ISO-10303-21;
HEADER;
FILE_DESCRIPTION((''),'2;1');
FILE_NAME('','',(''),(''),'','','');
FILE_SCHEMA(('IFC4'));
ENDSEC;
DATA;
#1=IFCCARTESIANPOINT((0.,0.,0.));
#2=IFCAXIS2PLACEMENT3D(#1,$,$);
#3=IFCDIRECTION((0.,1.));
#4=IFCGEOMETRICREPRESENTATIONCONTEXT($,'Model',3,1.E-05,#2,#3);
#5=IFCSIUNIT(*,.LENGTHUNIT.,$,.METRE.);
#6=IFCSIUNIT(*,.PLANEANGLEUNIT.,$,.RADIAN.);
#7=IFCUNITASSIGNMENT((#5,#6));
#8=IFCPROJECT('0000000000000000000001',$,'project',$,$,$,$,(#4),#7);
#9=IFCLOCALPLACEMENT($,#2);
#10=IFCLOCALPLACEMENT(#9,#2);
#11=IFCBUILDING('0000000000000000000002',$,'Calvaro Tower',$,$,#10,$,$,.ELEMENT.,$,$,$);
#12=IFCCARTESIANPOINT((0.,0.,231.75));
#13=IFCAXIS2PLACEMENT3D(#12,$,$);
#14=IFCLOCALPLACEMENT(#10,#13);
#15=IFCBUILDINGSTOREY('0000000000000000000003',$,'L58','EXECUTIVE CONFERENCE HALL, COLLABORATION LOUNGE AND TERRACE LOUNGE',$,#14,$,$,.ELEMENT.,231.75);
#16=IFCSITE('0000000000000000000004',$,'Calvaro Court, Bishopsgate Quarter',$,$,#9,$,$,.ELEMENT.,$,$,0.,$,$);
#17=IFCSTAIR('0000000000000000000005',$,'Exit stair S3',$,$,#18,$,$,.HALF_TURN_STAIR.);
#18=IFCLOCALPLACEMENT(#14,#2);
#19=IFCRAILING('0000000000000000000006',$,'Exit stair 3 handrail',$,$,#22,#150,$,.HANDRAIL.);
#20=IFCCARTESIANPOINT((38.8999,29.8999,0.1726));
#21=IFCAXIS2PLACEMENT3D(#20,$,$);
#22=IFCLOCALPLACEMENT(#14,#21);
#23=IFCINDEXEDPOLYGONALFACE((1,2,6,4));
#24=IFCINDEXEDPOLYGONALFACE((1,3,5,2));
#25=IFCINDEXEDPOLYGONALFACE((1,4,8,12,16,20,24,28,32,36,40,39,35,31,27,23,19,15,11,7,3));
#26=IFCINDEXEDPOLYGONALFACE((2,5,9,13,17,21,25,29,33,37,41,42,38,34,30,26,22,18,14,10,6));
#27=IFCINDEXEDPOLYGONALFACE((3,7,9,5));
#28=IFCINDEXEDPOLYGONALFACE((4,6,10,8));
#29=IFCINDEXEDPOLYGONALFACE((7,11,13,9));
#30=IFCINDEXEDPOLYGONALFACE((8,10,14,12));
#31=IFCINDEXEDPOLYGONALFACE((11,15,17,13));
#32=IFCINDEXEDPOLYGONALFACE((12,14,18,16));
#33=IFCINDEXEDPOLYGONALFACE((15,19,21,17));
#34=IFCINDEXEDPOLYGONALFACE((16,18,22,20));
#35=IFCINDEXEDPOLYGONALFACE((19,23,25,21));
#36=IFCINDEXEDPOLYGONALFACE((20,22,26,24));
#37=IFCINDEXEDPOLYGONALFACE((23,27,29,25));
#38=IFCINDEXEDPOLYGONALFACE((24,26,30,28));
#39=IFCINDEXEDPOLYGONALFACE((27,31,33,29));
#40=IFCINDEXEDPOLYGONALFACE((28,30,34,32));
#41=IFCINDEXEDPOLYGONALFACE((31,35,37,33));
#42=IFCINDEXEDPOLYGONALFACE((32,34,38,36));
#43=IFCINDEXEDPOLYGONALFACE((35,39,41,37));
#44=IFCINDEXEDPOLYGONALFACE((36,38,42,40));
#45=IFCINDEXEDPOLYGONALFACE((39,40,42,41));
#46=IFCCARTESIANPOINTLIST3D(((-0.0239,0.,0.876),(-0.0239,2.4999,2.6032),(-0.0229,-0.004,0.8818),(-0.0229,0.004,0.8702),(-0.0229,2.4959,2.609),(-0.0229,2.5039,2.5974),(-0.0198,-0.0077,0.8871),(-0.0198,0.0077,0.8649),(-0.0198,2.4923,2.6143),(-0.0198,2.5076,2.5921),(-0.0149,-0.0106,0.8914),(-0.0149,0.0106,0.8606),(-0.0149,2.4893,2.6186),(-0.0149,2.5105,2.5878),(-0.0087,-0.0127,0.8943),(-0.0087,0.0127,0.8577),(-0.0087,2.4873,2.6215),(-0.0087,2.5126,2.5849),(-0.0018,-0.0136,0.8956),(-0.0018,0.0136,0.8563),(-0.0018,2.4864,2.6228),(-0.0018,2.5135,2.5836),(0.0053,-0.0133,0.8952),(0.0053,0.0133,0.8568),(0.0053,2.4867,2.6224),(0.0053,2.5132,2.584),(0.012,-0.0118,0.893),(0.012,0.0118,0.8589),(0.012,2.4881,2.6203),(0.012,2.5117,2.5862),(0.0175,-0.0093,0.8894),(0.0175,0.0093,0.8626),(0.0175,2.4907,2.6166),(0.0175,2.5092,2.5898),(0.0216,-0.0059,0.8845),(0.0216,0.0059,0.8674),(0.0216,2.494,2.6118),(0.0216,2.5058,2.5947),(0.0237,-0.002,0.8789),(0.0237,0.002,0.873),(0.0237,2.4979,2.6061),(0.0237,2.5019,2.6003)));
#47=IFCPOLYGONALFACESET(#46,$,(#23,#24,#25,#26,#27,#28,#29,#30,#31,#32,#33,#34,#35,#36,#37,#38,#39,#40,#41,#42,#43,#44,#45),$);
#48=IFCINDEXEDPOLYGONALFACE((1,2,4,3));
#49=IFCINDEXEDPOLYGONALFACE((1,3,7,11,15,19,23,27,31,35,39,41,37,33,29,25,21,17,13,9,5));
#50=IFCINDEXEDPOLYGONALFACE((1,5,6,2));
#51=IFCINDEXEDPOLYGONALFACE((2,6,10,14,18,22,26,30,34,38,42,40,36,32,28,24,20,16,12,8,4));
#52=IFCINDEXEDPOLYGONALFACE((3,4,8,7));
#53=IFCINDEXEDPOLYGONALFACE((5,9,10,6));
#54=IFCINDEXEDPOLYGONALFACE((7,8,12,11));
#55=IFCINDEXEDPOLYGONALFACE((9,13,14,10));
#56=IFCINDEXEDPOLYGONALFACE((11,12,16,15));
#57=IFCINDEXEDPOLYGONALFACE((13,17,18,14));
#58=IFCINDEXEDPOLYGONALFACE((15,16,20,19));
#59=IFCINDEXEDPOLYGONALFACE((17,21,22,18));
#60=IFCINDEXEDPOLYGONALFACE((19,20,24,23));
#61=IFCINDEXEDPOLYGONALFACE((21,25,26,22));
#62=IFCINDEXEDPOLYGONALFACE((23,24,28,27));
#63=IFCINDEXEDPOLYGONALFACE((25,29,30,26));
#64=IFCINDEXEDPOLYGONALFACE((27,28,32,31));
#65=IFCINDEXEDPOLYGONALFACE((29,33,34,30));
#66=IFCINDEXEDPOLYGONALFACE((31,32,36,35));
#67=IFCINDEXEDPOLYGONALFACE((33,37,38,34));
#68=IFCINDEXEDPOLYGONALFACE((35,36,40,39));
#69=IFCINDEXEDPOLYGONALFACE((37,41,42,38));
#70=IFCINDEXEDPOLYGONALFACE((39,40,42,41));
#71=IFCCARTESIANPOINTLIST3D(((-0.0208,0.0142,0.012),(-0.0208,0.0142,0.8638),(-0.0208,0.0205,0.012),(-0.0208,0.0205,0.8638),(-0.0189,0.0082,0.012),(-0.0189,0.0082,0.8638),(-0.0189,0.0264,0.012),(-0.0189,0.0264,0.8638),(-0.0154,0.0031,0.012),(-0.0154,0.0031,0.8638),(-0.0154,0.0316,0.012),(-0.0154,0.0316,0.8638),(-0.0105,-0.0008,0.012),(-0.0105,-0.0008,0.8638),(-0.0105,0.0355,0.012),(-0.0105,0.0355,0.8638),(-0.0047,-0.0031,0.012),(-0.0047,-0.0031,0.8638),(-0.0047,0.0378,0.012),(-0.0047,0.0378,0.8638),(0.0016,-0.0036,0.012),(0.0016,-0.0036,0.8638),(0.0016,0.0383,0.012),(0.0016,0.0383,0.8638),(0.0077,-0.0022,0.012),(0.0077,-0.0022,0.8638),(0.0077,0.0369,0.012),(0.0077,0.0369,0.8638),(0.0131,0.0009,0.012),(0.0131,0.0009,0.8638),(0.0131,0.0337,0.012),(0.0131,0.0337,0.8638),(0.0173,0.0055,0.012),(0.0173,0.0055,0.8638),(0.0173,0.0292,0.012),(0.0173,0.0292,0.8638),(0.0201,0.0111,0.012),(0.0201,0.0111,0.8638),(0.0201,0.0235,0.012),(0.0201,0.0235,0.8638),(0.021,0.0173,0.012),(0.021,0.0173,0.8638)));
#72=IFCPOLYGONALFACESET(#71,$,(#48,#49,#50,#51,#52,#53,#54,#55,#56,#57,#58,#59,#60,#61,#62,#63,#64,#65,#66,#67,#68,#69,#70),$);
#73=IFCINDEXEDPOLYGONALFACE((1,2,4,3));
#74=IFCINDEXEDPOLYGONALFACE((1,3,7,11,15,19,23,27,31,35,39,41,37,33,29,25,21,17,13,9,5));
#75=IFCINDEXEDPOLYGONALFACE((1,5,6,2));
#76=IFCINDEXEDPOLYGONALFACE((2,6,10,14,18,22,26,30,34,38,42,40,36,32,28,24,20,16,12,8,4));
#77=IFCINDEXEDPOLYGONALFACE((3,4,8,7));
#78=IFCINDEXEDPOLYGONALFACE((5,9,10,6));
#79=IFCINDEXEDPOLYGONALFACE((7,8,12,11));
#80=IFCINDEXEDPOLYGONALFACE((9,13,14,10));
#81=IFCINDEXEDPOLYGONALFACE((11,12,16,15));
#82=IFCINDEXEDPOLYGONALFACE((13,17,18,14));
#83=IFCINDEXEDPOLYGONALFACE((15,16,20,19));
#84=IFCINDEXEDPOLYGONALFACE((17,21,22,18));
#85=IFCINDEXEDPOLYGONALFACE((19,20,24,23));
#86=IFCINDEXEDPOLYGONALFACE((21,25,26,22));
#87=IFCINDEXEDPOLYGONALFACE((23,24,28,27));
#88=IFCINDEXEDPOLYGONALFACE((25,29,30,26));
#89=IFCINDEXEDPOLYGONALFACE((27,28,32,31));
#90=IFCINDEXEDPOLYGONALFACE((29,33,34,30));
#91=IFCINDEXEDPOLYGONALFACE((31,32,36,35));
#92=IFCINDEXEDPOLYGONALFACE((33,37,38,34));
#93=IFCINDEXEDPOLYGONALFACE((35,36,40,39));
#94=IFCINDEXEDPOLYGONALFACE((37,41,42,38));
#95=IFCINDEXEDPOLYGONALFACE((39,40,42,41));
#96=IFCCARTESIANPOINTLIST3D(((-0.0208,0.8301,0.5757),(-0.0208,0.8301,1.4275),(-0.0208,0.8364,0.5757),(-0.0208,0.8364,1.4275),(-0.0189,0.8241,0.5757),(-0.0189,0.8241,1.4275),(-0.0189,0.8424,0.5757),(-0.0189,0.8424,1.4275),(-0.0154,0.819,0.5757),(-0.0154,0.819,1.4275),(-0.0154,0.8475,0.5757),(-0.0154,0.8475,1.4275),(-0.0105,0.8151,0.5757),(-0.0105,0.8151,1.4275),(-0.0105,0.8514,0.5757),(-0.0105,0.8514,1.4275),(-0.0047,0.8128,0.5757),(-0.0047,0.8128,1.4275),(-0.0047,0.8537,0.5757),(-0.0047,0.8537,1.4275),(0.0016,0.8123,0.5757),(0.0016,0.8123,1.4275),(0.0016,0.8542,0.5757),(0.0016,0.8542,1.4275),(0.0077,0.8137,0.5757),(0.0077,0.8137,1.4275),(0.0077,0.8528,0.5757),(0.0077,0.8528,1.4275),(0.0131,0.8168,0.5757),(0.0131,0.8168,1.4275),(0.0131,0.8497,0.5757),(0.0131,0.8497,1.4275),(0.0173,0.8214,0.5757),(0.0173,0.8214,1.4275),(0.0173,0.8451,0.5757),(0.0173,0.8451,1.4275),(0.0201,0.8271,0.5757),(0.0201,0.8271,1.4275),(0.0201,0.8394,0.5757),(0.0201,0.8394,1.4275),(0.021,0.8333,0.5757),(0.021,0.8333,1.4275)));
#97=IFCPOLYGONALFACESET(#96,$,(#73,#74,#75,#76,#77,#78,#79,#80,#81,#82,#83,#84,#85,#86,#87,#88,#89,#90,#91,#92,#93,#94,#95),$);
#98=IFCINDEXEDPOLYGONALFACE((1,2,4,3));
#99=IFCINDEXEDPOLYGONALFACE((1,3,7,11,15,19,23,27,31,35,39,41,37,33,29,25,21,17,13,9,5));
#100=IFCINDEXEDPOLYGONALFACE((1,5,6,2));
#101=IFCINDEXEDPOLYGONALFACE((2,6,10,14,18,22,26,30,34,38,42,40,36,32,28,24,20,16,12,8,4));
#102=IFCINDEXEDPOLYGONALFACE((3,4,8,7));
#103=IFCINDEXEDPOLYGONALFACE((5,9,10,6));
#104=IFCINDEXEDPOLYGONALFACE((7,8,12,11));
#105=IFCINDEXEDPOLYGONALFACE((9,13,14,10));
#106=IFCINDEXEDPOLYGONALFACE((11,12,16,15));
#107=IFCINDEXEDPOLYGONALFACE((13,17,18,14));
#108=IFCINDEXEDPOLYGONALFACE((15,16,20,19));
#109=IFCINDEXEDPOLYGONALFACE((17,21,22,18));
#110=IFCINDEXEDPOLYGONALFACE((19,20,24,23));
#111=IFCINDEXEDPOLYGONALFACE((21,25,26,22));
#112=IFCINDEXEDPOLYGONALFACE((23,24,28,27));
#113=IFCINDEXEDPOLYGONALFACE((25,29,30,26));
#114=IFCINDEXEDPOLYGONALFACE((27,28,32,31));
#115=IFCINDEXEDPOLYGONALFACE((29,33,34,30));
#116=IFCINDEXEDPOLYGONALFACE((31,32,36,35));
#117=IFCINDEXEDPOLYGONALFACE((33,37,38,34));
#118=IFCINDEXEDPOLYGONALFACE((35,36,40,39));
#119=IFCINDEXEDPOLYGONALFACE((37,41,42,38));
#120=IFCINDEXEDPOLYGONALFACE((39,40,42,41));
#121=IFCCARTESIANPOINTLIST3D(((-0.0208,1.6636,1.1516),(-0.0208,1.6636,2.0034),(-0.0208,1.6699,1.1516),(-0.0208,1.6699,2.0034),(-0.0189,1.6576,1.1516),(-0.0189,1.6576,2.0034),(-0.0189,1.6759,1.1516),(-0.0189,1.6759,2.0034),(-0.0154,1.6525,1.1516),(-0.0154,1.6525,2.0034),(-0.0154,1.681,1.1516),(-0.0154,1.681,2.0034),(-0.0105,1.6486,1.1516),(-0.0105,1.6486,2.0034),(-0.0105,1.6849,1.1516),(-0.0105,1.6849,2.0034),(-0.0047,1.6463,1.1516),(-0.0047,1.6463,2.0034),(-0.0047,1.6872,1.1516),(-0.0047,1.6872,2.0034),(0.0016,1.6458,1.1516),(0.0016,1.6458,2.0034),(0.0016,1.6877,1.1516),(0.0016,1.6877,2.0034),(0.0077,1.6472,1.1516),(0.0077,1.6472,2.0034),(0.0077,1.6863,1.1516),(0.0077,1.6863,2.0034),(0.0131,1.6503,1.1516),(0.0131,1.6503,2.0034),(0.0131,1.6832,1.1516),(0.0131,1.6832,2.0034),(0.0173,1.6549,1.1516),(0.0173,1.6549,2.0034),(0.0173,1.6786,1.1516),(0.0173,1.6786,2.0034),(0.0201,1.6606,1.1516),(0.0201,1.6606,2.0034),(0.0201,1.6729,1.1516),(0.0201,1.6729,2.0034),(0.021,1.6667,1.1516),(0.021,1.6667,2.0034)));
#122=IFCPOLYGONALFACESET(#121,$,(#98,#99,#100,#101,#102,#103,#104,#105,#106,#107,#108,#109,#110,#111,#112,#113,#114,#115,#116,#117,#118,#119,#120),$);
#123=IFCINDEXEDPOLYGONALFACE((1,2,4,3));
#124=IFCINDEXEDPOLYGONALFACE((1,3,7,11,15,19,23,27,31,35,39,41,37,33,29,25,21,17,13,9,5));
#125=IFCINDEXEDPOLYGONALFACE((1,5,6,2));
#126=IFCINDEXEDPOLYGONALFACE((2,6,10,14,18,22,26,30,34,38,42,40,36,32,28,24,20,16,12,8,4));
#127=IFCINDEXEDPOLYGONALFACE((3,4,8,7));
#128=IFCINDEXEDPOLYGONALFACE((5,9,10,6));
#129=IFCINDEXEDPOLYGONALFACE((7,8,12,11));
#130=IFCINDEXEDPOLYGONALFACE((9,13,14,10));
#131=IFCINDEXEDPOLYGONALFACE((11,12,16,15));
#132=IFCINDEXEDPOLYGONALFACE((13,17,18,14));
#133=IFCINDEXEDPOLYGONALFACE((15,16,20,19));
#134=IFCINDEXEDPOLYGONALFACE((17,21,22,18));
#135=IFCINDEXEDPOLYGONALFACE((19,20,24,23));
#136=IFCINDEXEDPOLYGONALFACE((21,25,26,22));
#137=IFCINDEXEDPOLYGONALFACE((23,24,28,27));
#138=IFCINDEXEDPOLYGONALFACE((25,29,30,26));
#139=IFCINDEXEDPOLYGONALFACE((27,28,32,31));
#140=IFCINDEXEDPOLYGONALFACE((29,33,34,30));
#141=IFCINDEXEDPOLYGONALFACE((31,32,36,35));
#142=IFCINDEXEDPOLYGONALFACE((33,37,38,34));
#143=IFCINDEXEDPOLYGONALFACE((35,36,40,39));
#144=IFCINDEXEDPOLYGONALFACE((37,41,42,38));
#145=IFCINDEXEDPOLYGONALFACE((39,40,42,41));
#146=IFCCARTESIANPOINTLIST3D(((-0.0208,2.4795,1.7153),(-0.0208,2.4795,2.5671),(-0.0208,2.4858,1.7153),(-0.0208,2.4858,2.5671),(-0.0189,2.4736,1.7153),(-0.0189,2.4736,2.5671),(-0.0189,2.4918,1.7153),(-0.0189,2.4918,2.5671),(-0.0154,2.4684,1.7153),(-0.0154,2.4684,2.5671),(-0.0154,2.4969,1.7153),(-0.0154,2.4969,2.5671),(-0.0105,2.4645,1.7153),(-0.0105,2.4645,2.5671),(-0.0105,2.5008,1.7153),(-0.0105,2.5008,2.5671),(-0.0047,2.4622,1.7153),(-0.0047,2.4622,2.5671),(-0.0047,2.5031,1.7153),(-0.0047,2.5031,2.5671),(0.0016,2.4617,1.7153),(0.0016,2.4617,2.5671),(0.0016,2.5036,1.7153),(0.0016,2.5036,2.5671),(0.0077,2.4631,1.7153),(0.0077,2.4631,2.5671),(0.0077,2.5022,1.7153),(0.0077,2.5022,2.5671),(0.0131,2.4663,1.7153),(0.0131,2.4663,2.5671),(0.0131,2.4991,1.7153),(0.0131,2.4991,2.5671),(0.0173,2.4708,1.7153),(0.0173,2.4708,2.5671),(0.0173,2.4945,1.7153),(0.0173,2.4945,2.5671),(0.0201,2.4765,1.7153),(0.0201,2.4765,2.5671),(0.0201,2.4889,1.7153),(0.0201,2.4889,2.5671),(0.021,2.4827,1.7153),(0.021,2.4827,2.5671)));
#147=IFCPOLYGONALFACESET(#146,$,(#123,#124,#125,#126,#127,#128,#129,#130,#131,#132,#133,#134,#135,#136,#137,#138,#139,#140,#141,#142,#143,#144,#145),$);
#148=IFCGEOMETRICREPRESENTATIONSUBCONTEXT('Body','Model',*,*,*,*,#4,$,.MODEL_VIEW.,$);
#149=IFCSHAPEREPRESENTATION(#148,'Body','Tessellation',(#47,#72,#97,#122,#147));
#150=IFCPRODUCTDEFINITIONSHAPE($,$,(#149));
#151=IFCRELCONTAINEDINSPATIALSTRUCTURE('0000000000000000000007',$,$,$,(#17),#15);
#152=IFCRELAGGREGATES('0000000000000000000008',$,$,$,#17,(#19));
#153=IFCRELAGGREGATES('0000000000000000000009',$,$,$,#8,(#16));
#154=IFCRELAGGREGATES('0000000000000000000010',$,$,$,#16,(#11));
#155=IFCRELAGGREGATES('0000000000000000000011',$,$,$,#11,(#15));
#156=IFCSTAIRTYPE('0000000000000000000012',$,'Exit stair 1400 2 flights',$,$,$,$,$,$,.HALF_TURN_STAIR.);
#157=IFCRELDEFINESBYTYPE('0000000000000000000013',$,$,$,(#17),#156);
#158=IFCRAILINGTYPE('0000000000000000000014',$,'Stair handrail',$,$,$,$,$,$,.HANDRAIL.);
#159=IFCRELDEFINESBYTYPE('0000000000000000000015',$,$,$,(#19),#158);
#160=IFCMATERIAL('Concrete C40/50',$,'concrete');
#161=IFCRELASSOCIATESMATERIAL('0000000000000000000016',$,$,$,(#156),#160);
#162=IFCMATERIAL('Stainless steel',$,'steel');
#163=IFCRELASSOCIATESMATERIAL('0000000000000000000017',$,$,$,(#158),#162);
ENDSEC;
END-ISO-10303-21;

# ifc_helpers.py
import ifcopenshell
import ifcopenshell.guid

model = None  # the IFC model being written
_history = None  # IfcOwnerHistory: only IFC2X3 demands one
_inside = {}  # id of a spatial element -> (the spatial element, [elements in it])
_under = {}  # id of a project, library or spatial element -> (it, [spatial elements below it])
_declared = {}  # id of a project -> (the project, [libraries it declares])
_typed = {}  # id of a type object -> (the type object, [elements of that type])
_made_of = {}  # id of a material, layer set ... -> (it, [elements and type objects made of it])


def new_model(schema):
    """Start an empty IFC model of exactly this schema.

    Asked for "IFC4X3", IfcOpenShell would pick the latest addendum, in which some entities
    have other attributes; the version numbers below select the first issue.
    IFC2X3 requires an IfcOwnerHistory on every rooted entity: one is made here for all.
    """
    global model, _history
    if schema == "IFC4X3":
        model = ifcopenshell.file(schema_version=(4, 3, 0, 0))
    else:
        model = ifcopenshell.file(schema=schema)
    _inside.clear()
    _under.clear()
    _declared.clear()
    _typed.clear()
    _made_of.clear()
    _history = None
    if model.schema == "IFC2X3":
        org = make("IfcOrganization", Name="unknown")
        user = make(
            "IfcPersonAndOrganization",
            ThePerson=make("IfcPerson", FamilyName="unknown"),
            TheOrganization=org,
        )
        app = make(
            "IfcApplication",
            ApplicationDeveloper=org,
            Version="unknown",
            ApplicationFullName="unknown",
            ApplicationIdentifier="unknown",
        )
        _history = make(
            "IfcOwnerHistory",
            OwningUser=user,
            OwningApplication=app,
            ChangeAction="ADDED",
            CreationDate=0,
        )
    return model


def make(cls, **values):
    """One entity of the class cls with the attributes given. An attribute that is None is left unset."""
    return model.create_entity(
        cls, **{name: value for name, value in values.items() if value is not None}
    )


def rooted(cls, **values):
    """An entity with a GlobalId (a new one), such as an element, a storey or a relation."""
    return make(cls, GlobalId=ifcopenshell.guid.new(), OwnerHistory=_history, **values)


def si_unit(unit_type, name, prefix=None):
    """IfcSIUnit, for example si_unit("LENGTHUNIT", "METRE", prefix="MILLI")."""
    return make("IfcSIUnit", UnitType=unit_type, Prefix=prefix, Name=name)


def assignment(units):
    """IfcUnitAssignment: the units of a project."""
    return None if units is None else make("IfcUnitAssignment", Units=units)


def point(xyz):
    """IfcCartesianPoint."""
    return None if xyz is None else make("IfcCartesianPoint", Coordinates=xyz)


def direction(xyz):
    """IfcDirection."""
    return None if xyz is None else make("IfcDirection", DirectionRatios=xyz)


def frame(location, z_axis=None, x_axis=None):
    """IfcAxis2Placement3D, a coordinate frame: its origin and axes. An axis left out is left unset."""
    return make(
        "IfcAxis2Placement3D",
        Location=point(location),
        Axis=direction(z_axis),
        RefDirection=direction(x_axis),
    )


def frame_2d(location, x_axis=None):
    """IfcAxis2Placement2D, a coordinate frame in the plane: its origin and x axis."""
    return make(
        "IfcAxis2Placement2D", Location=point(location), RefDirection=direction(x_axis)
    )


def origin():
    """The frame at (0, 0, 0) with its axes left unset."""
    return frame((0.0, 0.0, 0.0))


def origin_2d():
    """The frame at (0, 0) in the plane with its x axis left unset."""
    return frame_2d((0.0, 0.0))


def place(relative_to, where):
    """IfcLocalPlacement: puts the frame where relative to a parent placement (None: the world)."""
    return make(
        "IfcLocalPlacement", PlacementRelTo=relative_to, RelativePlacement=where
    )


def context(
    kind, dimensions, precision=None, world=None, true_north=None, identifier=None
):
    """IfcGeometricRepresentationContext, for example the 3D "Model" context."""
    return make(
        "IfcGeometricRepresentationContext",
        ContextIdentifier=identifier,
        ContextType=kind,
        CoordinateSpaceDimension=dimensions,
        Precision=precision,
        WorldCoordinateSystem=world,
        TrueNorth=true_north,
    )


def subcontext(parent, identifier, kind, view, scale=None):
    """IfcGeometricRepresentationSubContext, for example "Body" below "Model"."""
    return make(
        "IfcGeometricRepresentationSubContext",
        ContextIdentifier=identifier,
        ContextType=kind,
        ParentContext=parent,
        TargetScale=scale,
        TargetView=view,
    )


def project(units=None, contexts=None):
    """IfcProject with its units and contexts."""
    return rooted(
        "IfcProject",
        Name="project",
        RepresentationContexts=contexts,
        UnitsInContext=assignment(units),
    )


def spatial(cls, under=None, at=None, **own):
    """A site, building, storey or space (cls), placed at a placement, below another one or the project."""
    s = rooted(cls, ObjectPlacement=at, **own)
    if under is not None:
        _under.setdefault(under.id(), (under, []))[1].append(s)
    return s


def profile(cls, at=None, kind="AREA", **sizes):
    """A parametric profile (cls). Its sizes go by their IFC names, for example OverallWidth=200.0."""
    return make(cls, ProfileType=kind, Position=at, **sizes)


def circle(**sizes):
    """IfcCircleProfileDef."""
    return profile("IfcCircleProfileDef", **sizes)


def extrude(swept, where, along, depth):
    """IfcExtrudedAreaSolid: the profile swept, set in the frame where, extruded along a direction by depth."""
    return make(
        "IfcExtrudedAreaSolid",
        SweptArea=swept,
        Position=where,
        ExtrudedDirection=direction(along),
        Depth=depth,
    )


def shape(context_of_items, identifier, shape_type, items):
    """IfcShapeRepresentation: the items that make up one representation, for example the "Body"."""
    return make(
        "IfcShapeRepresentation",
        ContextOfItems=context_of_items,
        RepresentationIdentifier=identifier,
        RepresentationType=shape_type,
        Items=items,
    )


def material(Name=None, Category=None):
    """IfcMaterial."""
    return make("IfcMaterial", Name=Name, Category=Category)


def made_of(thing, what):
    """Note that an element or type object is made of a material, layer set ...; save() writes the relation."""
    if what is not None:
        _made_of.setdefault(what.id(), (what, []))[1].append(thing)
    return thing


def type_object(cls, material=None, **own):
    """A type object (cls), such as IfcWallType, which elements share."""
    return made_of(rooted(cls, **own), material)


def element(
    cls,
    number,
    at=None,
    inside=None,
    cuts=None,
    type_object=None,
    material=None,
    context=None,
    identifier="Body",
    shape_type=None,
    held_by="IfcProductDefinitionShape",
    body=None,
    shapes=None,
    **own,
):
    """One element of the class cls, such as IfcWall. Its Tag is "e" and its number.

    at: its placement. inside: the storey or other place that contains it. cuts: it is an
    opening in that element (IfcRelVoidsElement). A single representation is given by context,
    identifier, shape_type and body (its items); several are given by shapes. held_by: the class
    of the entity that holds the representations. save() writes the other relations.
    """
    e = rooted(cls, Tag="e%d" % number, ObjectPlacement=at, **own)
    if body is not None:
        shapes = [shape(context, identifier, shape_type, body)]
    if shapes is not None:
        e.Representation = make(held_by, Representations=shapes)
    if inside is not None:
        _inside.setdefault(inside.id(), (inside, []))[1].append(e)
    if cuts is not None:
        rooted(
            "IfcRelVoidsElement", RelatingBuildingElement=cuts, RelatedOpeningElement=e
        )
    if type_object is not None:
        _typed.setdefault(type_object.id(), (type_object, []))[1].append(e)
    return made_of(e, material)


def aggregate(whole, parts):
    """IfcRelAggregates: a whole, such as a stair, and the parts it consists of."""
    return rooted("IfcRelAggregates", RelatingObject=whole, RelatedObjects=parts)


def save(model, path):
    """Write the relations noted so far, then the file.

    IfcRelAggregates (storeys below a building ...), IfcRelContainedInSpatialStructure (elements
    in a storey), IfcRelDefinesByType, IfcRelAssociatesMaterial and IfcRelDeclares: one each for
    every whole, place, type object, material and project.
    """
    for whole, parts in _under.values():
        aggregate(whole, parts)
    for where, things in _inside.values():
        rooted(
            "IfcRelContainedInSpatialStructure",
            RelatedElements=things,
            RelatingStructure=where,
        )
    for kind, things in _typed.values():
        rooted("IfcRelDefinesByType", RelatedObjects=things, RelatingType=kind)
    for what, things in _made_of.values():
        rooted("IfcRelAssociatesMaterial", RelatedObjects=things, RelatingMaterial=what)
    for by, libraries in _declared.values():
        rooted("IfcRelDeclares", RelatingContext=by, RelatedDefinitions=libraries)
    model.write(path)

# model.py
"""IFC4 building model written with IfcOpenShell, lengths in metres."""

from ifc_helpers import new_model, si_unit, direction, frame, origin, origin_2d, place, context, subcontext, project, spatial, circle, extrude, material, type_object, element, aggregate, save


model = new_model("IFC4")

# Units and contexts
model_context = context("Model", 3, precision=1e-05, world=origin(), true_north=direction((0.0, 1.0)))
body_context = subcontext(model_context, "Body", "Model", "MODEL_VIEW")
ifc_project = project(units=[si_unit("LENGTHUNIT", "METRE"), si_unit("PLANEANGLEUNIT", "RADIAN")], contexts=[model_context])

# Site, building, storey
site_placement = place(None, origin())
site = spatial("IfcSite", under=ifc_project, at=site_placement, Name="Calvaro Court, Bishopsgate Quarter", CompositionType="ELEMENT", RefElevation=0.0)
building_placement = place(site_placement, origin())
building = spatial("IfcBuilding", under=site, at=building_placement, Name="Calvaro Tower", CompositionType="ELEMENT")
storey_placement = place(building_placement, frame((0.0, 0.0, 231.75)))
storey = spatial("IfcBuildingStorey", under=building, at=storey_placement, Name="L58", Description="EXECUTIVE CONFERENCE HALL, COLLABORATION LOUNGE AND TERRACE LOUNGE", CompositionType="ELEMENT", Elevation=231.75)

# Stair, railing
ifc_material_1 = material(Name="Concrete C40/50", Category="concrete")
stair_type = type_object("IfcStairType", Name="Exit stair 1400 2 flights", PredefinedType="HALF_TURN_STAIR", material=ifc_material_1)
stair_placement = place(storey_placement, origin())
stair = element("IfcStair", 1, at=stair_placement, inside=storey, type_object=stair_type, Name="Exit stair S3", PredefinedType="HALF_TURN_STAIR")
ifc_material_2 = material(Name="Stainless steel", Category="steel")
railing_type = type_object("IfcRailingType", Name="Stair handrail", PredefinedType="HANDRAIL", material=ifc_material_2)
railing_1_placement = place(storey_placement, frame((38.8999, 29.8999, 0.1726)))
railing_1 = element("IfcRailing", 2, at=railing_1_placement, type_object=railing_type, Name="Exit stair 3 handrail", PredefinedType="HANDRAIL", context=body_context, shape_type="SweptSolid", body=[
    extrude(circle(Radius=0.0239, at=origin_2d()), frame((0.0, 0.0, 0.876), z_axis=(0.0, 0.822727, 0.568437), x_axis=(-1.0, 0.0, 0.0)), (0.0, 0.0, 1.0), 3.0386),
    extrude(circle(Radius=0.021, at=origin_2d()), frame((0.0, 0.0173, 0.012)), (0.0, 0.0, 1.0), 0.8518),
    extrude(circle(Radius=0.021, at=origin_2d()), frame((0.0, 0.8333, 0.5757)), (0.0, 0.0, 1.0), 0.8518),
    extrude(circle(Radius=0.021, at=origin_2d()), frame((0.0, 1.6667, 1.1516)), (0.0, 0.0, 1.0), 0.8518),
    extrude(circle(Radius=0.021, at=origin_2d()), frame((0.0, 2.4827, 1.7153)), (0.0, 0.0, 1.0), 0.8518),
])
aggregate(stair, [railing_1])

save(model, "model.ifc")
